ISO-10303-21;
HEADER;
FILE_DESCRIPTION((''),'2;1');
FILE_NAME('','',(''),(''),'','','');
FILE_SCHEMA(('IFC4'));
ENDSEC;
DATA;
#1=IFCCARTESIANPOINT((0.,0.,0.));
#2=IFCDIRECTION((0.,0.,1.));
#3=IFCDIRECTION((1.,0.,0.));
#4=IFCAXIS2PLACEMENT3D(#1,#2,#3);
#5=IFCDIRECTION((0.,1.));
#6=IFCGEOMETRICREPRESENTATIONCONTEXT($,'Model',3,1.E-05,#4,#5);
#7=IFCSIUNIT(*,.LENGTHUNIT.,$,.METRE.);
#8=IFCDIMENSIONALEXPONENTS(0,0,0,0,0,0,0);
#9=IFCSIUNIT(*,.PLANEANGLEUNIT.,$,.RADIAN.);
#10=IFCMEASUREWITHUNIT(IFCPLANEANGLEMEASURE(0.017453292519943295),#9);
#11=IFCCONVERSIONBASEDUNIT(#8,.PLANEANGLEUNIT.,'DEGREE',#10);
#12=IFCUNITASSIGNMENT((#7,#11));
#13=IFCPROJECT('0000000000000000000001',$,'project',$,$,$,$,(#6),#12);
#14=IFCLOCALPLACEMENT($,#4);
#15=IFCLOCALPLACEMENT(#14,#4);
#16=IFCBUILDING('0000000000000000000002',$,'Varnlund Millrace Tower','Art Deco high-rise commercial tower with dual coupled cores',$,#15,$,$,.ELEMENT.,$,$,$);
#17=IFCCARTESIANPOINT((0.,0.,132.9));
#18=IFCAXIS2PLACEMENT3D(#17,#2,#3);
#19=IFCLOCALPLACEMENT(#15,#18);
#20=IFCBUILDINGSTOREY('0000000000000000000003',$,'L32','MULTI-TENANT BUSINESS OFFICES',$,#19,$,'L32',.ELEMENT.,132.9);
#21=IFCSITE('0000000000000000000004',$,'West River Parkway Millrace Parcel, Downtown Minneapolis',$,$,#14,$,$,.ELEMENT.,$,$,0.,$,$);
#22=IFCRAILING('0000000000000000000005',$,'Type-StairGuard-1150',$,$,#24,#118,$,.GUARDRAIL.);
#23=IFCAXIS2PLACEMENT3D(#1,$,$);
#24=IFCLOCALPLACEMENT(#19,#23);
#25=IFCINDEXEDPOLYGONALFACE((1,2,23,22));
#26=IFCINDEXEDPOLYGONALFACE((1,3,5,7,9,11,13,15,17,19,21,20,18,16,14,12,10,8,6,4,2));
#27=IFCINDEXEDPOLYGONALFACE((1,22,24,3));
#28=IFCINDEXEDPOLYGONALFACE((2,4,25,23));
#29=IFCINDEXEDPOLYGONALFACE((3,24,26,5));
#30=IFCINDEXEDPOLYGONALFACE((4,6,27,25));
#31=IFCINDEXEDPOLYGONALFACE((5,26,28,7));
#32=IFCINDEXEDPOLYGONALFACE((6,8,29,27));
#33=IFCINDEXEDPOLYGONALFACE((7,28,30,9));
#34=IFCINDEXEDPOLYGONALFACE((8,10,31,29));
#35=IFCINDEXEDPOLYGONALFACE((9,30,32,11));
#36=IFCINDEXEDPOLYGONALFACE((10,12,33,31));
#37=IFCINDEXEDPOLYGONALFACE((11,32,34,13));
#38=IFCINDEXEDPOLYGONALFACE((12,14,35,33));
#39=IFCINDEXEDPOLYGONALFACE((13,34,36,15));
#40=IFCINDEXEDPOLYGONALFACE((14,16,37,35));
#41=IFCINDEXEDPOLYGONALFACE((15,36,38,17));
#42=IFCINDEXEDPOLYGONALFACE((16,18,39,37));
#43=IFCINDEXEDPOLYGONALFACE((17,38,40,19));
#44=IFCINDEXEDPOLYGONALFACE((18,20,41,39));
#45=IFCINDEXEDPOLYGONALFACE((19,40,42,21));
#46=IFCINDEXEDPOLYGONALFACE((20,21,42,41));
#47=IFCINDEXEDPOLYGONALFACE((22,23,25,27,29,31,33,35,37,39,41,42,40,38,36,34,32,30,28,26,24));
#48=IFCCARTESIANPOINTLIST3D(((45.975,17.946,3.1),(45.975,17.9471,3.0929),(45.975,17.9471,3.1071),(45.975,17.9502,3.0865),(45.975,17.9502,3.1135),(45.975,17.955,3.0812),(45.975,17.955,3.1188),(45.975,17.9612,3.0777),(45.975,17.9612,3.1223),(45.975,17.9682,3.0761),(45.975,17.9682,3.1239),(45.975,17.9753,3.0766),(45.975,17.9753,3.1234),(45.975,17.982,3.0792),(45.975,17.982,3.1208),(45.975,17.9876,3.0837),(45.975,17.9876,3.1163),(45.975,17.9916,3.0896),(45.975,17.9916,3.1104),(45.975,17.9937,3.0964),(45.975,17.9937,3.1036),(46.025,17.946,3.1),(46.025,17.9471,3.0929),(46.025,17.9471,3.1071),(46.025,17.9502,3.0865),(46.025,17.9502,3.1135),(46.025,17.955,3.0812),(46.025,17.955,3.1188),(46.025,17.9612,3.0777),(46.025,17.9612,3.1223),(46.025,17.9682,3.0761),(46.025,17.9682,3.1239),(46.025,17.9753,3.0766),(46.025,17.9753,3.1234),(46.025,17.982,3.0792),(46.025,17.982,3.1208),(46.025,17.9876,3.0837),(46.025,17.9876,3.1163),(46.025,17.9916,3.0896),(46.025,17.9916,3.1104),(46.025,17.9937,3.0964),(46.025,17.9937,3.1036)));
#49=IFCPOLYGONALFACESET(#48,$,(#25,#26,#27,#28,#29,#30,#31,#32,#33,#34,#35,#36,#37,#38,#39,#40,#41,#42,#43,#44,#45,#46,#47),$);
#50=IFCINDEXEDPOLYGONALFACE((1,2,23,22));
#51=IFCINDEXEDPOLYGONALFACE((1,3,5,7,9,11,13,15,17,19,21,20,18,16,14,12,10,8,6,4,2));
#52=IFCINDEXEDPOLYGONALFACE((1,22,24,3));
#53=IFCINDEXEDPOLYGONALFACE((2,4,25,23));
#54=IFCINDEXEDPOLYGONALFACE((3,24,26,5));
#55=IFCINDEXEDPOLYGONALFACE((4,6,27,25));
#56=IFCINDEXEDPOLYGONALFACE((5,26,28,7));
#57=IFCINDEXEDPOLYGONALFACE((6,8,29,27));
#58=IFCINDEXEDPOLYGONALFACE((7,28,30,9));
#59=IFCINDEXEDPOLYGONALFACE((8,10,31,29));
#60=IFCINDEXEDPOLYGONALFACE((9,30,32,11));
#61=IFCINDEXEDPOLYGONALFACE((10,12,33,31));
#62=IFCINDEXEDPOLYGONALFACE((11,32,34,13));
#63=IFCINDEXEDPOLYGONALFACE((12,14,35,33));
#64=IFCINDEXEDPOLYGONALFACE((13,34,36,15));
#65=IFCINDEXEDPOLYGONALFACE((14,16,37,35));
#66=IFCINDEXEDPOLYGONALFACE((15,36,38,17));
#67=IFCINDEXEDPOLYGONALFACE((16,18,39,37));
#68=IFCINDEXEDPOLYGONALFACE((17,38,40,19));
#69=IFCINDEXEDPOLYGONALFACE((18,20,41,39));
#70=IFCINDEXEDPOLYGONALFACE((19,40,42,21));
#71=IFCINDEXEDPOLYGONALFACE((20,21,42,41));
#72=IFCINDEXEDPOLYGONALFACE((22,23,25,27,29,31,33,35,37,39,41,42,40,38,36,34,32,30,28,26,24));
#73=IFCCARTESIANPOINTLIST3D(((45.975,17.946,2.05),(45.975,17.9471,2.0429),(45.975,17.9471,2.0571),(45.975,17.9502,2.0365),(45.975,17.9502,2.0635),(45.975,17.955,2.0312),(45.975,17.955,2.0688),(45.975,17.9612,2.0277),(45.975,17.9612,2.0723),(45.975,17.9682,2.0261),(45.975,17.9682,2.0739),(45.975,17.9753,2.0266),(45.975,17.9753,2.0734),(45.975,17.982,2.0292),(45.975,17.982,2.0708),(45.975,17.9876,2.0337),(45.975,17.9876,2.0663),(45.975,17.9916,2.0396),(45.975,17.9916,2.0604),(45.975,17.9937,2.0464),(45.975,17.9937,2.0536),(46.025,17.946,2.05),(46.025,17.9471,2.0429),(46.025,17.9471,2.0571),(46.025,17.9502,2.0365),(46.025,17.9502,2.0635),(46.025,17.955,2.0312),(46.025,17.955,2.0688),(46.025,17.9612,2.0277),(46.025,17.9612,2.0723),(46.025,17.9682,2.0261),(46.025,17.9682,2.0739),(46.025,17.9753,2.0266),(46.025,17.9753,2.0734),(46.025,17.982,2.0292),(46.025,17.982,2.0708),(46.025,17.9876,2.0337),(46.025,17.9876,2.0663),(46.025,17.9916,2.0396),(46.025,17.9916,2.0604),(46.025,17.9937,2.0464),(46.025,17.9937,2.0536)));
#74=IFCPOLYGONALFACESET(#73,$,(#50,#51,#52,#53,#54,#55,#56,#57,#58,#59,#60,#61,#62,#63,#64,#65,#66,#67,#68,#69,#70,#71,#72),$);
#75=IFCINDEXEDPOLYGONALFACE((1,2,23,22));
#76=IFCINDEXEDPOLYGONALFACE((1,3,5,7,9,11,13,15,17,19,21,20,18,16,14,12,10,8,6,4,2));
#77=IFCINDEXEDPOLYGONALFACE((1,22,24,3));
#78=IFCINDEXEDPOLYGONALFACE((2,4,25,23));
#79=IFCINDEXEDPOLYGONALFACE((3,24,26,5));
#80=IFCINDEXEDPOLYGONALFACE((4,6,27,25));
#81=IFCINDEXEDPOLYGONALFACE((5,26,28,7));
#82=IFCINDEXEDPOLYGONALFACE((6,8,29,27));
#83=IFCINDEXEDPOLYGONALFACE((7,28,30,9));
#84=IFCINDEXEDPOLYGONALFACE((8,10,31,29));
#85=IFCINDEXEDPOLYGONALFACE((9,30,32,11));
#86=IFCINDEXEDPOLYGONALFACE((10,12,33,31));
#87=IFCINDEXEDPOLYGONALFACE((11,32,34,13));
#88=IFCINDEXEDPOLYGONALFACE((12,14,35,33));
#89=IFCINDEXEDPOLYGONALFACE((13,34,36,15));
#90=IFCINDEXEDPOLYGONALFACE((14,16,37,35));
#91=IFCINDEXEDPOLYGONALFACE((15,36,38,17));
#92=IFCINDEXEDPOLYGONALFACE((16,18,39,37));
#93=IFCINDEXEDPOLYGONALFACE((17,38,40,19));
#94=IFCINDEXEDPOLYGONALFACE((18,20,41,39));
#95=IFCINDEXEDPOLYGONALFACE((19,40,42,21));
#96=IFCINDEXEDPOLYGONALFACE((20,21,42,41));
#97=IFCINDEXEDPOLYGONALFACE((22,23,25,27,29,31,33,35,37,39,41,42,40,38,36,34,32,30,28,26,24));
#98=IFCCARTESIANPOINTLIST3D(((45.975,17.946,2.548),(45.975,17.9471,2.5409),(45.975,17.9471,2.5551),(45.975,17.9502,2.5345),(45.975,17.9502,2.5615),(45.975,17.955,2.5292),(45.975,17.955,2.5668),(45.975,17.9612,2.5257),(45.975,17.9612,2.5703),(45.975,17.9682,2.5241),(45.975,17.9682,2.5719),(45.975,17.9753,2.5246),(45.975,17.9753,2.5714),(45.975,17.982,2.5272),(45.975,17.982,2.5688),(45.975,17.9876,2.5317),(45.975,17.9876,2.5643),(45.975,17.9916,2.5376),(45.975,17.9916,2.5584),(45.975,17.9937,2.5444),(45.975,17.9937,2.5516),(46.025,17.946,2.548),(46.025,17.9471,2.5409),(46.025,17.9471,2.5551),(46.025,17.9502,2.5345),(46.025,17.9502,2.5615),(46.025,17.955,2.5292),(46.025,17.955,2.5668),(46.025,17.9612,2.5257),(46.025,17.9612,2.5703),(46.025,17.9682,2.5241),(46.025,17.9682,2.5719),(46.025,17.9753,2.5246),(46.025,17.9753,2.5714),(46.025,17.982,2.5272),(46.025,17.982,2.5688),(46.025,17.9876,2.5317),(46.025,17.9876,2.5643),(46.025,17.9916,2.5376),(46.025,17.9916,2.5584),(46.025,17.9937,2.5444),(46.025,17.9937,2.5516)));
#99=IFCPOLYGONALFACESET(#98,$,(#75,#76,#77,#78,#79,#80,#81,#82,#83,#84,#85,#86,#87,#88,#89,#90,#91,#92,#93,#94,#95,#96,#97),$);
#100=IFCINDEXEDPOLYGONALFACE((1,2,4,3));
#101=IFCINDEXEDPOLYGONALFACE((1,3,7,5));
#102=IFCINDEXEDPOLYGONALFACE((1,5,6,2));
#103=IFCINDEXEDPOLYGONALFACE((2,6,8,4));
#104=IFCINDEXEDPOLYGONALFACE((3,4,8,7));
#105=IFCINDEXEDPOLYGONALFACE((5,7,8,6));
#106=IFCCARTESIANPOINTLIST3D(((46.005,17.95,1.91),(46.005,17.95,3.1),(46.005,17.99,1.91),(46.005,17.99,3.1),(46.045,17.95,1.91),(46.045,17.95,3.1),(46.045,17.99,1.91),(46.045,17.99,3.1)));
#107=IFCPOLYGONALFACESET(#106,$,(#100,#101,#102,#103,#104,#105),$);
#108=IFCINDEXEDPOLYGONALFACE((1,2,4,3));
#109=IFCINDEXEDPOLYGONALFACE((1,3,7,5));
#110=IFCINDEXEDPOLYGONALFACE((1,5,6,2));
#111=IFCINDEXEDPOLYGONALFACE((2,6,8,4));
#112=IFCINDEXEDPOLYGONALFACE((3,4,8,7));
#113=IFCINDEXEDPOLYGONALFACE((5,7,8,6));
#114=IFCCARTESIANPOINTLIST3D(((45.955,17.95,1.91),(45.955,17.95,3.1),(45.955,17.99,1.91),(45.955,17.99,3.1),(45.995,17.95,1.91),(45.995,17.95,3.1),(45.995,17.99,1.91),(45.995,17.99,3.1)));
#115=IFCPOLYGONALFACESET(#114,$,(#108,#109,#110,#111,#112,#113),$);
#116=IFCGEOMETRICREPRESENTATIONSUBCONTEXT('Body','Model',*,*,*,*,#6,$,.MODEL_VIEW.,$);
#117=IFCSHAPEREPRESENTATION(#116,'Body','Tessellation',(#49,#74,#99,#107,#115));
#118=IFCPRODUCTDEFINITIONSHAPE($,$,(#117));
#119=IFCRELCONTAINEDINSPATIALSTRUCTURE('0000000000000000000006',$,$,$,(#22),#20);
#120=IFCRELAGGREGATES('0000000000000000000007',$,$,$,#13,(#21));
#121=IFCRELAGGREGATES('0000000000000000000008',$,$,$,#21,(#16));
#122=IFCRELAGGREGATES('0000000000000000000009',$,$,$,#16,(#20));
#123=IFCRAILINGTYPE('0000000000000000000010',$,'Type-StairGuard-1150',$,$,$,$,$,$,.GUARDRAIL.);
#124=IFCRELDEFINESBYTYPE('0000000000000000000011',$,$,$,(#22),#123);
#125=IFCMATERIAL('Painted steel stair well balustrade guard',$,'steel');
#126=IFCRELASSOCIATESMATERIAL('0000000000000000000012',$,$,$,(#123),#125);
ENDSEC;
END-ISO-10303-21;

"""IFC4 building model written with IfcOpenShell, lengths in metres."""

from ifc_helpers import new_model, entity, si_unit, converted_unit, direction, frame, origin_with_axes, origin_2d_with_axis, place, context, subcontext, project, spatial, rectangle, circle, extrude, material, type_object, element, save


model = new_model("IFC4")

# Units and contexts
model_context = context("Model", 3, precision=1e-05, world=origin_with_axes(), true_north=direction((0.0, 1.0)))
body_context = subcontext(model_context, "Body", "Model", "MODEL_VIEW")
ifc_project = project(units=[si_unit("LENGTHUNIT", "METRE"), converted_unit("PLANEANGLEUNIT", "DEGREE", entity("IfcPlaneAngleMeasure", 0.017453292519943295), si_unit("PLANEANGLEUNIT", "RADIAN"), dimensions=[0, 0, 0, 0, 0, 0, 0])], contexts=[model_context])

# Site, building, storey
site_placement = place(None, origin_with_axes())
site = spatial("IfcSite", under=ifc_project, at=site_placement, Name="West River Parkway Millrace Parcel, Downtown Minneapolis", CompositionType="ELEMENT", RefElevation=0.0)
building_placement = place(site_placement, origin_with_axes())
building = spatial("IfcBuilding", under=site, at=building_placement, Name="Varnlund Millrace Tower", Description="Art Deco high-rise commercial tower with dual coupled cores", CompositionType="ELEMENT")
storey_placement = place(building_placement, frame((0.0, 0.0, 132.9), z_axis=(0.0, 0.0, 1.0), x_axis=(1.0, 0.0, 0.0)))
storey = spatial("IfcBuildingStorey", under=building, at=storey_placement, Name="L32", Description="MULTI-TENANT BUSINESS OFFICES", LongName="L32", CompositionType="ELEMENT", Elevation=132.9)

# Railing
ifc_material_1 = material(Name="Painted steel stair well balustrade guard", Category="steel")
railing_type_1 = type_object("IfcRailingType", Name="Type-StairGuard-1150", PredefinedType="GUARDRAIL", material=ifc_material_1)
railing_1_placement = place(storey_placement, frame((0.0, 0.0, -132.9), z_axis=(0.0, 0.0, 1.0), x_axis=(1.0, 0.0, 0.0)))
element("IfcRailing", 1, at=railing_1_placement, inside=storey, type_object=railing_type_1, Name="Type-StairGuard-1150", PredefinedType="GUARDRAIL", context=body_context, shape_type="SweptSolid", body=[
    extrude(circle(Radius=0.024, at=origin_2d_with_axis()), frame((46.025, 17.97, 136.0), z_axis=(-1.0, 0.0, 0.0), x_axis=(0.0, -1.0, 0.0)), (0.0, 0.0, 1.0), 0.05),
    extrude(circle(Radius=0.024, at=origin_2d_with_axis()), frame((46.025, 17.97, 134.95), z_axis=(-1.0, 0.0, 0.0), x_axis=(0.0, -1.0, 0.0)), (0.0, 0.0, 1.0), 0.05),
    extrude(circle(Radius=0.024, at=origin_2d_with_axis()), frame((46.025, 17.97, 135.448), z_axis=(-1.0, 0.0, 0.0), x_axis=(0.0, -1.0, 0.0)), (0.0, 0.0, 1.0), 0.05),
    extrude(rectangle(XDim=0.04, YDim=0.04, at=origin_2d_with_axis()), frame((46.025, 17.97, 134.81), z_axis=(0.0, 0.0, 1.0), x_axis=(1.0, 0.0, 0.0)), (0.0, 0.0, 1.0), 1.19),
    extrude(rectangle(XDim=0.04, YDim=0.04, at=origin_2d_with_axis()), frame((45.975, 17.97, 134.81), z_axis=(0.0, 0.0, 1.0), x_axis=(1.0, 0.0, 0.0)), (0.0, 0.0, 1.0), 1.19),
])

save(model, "model.ifc")
